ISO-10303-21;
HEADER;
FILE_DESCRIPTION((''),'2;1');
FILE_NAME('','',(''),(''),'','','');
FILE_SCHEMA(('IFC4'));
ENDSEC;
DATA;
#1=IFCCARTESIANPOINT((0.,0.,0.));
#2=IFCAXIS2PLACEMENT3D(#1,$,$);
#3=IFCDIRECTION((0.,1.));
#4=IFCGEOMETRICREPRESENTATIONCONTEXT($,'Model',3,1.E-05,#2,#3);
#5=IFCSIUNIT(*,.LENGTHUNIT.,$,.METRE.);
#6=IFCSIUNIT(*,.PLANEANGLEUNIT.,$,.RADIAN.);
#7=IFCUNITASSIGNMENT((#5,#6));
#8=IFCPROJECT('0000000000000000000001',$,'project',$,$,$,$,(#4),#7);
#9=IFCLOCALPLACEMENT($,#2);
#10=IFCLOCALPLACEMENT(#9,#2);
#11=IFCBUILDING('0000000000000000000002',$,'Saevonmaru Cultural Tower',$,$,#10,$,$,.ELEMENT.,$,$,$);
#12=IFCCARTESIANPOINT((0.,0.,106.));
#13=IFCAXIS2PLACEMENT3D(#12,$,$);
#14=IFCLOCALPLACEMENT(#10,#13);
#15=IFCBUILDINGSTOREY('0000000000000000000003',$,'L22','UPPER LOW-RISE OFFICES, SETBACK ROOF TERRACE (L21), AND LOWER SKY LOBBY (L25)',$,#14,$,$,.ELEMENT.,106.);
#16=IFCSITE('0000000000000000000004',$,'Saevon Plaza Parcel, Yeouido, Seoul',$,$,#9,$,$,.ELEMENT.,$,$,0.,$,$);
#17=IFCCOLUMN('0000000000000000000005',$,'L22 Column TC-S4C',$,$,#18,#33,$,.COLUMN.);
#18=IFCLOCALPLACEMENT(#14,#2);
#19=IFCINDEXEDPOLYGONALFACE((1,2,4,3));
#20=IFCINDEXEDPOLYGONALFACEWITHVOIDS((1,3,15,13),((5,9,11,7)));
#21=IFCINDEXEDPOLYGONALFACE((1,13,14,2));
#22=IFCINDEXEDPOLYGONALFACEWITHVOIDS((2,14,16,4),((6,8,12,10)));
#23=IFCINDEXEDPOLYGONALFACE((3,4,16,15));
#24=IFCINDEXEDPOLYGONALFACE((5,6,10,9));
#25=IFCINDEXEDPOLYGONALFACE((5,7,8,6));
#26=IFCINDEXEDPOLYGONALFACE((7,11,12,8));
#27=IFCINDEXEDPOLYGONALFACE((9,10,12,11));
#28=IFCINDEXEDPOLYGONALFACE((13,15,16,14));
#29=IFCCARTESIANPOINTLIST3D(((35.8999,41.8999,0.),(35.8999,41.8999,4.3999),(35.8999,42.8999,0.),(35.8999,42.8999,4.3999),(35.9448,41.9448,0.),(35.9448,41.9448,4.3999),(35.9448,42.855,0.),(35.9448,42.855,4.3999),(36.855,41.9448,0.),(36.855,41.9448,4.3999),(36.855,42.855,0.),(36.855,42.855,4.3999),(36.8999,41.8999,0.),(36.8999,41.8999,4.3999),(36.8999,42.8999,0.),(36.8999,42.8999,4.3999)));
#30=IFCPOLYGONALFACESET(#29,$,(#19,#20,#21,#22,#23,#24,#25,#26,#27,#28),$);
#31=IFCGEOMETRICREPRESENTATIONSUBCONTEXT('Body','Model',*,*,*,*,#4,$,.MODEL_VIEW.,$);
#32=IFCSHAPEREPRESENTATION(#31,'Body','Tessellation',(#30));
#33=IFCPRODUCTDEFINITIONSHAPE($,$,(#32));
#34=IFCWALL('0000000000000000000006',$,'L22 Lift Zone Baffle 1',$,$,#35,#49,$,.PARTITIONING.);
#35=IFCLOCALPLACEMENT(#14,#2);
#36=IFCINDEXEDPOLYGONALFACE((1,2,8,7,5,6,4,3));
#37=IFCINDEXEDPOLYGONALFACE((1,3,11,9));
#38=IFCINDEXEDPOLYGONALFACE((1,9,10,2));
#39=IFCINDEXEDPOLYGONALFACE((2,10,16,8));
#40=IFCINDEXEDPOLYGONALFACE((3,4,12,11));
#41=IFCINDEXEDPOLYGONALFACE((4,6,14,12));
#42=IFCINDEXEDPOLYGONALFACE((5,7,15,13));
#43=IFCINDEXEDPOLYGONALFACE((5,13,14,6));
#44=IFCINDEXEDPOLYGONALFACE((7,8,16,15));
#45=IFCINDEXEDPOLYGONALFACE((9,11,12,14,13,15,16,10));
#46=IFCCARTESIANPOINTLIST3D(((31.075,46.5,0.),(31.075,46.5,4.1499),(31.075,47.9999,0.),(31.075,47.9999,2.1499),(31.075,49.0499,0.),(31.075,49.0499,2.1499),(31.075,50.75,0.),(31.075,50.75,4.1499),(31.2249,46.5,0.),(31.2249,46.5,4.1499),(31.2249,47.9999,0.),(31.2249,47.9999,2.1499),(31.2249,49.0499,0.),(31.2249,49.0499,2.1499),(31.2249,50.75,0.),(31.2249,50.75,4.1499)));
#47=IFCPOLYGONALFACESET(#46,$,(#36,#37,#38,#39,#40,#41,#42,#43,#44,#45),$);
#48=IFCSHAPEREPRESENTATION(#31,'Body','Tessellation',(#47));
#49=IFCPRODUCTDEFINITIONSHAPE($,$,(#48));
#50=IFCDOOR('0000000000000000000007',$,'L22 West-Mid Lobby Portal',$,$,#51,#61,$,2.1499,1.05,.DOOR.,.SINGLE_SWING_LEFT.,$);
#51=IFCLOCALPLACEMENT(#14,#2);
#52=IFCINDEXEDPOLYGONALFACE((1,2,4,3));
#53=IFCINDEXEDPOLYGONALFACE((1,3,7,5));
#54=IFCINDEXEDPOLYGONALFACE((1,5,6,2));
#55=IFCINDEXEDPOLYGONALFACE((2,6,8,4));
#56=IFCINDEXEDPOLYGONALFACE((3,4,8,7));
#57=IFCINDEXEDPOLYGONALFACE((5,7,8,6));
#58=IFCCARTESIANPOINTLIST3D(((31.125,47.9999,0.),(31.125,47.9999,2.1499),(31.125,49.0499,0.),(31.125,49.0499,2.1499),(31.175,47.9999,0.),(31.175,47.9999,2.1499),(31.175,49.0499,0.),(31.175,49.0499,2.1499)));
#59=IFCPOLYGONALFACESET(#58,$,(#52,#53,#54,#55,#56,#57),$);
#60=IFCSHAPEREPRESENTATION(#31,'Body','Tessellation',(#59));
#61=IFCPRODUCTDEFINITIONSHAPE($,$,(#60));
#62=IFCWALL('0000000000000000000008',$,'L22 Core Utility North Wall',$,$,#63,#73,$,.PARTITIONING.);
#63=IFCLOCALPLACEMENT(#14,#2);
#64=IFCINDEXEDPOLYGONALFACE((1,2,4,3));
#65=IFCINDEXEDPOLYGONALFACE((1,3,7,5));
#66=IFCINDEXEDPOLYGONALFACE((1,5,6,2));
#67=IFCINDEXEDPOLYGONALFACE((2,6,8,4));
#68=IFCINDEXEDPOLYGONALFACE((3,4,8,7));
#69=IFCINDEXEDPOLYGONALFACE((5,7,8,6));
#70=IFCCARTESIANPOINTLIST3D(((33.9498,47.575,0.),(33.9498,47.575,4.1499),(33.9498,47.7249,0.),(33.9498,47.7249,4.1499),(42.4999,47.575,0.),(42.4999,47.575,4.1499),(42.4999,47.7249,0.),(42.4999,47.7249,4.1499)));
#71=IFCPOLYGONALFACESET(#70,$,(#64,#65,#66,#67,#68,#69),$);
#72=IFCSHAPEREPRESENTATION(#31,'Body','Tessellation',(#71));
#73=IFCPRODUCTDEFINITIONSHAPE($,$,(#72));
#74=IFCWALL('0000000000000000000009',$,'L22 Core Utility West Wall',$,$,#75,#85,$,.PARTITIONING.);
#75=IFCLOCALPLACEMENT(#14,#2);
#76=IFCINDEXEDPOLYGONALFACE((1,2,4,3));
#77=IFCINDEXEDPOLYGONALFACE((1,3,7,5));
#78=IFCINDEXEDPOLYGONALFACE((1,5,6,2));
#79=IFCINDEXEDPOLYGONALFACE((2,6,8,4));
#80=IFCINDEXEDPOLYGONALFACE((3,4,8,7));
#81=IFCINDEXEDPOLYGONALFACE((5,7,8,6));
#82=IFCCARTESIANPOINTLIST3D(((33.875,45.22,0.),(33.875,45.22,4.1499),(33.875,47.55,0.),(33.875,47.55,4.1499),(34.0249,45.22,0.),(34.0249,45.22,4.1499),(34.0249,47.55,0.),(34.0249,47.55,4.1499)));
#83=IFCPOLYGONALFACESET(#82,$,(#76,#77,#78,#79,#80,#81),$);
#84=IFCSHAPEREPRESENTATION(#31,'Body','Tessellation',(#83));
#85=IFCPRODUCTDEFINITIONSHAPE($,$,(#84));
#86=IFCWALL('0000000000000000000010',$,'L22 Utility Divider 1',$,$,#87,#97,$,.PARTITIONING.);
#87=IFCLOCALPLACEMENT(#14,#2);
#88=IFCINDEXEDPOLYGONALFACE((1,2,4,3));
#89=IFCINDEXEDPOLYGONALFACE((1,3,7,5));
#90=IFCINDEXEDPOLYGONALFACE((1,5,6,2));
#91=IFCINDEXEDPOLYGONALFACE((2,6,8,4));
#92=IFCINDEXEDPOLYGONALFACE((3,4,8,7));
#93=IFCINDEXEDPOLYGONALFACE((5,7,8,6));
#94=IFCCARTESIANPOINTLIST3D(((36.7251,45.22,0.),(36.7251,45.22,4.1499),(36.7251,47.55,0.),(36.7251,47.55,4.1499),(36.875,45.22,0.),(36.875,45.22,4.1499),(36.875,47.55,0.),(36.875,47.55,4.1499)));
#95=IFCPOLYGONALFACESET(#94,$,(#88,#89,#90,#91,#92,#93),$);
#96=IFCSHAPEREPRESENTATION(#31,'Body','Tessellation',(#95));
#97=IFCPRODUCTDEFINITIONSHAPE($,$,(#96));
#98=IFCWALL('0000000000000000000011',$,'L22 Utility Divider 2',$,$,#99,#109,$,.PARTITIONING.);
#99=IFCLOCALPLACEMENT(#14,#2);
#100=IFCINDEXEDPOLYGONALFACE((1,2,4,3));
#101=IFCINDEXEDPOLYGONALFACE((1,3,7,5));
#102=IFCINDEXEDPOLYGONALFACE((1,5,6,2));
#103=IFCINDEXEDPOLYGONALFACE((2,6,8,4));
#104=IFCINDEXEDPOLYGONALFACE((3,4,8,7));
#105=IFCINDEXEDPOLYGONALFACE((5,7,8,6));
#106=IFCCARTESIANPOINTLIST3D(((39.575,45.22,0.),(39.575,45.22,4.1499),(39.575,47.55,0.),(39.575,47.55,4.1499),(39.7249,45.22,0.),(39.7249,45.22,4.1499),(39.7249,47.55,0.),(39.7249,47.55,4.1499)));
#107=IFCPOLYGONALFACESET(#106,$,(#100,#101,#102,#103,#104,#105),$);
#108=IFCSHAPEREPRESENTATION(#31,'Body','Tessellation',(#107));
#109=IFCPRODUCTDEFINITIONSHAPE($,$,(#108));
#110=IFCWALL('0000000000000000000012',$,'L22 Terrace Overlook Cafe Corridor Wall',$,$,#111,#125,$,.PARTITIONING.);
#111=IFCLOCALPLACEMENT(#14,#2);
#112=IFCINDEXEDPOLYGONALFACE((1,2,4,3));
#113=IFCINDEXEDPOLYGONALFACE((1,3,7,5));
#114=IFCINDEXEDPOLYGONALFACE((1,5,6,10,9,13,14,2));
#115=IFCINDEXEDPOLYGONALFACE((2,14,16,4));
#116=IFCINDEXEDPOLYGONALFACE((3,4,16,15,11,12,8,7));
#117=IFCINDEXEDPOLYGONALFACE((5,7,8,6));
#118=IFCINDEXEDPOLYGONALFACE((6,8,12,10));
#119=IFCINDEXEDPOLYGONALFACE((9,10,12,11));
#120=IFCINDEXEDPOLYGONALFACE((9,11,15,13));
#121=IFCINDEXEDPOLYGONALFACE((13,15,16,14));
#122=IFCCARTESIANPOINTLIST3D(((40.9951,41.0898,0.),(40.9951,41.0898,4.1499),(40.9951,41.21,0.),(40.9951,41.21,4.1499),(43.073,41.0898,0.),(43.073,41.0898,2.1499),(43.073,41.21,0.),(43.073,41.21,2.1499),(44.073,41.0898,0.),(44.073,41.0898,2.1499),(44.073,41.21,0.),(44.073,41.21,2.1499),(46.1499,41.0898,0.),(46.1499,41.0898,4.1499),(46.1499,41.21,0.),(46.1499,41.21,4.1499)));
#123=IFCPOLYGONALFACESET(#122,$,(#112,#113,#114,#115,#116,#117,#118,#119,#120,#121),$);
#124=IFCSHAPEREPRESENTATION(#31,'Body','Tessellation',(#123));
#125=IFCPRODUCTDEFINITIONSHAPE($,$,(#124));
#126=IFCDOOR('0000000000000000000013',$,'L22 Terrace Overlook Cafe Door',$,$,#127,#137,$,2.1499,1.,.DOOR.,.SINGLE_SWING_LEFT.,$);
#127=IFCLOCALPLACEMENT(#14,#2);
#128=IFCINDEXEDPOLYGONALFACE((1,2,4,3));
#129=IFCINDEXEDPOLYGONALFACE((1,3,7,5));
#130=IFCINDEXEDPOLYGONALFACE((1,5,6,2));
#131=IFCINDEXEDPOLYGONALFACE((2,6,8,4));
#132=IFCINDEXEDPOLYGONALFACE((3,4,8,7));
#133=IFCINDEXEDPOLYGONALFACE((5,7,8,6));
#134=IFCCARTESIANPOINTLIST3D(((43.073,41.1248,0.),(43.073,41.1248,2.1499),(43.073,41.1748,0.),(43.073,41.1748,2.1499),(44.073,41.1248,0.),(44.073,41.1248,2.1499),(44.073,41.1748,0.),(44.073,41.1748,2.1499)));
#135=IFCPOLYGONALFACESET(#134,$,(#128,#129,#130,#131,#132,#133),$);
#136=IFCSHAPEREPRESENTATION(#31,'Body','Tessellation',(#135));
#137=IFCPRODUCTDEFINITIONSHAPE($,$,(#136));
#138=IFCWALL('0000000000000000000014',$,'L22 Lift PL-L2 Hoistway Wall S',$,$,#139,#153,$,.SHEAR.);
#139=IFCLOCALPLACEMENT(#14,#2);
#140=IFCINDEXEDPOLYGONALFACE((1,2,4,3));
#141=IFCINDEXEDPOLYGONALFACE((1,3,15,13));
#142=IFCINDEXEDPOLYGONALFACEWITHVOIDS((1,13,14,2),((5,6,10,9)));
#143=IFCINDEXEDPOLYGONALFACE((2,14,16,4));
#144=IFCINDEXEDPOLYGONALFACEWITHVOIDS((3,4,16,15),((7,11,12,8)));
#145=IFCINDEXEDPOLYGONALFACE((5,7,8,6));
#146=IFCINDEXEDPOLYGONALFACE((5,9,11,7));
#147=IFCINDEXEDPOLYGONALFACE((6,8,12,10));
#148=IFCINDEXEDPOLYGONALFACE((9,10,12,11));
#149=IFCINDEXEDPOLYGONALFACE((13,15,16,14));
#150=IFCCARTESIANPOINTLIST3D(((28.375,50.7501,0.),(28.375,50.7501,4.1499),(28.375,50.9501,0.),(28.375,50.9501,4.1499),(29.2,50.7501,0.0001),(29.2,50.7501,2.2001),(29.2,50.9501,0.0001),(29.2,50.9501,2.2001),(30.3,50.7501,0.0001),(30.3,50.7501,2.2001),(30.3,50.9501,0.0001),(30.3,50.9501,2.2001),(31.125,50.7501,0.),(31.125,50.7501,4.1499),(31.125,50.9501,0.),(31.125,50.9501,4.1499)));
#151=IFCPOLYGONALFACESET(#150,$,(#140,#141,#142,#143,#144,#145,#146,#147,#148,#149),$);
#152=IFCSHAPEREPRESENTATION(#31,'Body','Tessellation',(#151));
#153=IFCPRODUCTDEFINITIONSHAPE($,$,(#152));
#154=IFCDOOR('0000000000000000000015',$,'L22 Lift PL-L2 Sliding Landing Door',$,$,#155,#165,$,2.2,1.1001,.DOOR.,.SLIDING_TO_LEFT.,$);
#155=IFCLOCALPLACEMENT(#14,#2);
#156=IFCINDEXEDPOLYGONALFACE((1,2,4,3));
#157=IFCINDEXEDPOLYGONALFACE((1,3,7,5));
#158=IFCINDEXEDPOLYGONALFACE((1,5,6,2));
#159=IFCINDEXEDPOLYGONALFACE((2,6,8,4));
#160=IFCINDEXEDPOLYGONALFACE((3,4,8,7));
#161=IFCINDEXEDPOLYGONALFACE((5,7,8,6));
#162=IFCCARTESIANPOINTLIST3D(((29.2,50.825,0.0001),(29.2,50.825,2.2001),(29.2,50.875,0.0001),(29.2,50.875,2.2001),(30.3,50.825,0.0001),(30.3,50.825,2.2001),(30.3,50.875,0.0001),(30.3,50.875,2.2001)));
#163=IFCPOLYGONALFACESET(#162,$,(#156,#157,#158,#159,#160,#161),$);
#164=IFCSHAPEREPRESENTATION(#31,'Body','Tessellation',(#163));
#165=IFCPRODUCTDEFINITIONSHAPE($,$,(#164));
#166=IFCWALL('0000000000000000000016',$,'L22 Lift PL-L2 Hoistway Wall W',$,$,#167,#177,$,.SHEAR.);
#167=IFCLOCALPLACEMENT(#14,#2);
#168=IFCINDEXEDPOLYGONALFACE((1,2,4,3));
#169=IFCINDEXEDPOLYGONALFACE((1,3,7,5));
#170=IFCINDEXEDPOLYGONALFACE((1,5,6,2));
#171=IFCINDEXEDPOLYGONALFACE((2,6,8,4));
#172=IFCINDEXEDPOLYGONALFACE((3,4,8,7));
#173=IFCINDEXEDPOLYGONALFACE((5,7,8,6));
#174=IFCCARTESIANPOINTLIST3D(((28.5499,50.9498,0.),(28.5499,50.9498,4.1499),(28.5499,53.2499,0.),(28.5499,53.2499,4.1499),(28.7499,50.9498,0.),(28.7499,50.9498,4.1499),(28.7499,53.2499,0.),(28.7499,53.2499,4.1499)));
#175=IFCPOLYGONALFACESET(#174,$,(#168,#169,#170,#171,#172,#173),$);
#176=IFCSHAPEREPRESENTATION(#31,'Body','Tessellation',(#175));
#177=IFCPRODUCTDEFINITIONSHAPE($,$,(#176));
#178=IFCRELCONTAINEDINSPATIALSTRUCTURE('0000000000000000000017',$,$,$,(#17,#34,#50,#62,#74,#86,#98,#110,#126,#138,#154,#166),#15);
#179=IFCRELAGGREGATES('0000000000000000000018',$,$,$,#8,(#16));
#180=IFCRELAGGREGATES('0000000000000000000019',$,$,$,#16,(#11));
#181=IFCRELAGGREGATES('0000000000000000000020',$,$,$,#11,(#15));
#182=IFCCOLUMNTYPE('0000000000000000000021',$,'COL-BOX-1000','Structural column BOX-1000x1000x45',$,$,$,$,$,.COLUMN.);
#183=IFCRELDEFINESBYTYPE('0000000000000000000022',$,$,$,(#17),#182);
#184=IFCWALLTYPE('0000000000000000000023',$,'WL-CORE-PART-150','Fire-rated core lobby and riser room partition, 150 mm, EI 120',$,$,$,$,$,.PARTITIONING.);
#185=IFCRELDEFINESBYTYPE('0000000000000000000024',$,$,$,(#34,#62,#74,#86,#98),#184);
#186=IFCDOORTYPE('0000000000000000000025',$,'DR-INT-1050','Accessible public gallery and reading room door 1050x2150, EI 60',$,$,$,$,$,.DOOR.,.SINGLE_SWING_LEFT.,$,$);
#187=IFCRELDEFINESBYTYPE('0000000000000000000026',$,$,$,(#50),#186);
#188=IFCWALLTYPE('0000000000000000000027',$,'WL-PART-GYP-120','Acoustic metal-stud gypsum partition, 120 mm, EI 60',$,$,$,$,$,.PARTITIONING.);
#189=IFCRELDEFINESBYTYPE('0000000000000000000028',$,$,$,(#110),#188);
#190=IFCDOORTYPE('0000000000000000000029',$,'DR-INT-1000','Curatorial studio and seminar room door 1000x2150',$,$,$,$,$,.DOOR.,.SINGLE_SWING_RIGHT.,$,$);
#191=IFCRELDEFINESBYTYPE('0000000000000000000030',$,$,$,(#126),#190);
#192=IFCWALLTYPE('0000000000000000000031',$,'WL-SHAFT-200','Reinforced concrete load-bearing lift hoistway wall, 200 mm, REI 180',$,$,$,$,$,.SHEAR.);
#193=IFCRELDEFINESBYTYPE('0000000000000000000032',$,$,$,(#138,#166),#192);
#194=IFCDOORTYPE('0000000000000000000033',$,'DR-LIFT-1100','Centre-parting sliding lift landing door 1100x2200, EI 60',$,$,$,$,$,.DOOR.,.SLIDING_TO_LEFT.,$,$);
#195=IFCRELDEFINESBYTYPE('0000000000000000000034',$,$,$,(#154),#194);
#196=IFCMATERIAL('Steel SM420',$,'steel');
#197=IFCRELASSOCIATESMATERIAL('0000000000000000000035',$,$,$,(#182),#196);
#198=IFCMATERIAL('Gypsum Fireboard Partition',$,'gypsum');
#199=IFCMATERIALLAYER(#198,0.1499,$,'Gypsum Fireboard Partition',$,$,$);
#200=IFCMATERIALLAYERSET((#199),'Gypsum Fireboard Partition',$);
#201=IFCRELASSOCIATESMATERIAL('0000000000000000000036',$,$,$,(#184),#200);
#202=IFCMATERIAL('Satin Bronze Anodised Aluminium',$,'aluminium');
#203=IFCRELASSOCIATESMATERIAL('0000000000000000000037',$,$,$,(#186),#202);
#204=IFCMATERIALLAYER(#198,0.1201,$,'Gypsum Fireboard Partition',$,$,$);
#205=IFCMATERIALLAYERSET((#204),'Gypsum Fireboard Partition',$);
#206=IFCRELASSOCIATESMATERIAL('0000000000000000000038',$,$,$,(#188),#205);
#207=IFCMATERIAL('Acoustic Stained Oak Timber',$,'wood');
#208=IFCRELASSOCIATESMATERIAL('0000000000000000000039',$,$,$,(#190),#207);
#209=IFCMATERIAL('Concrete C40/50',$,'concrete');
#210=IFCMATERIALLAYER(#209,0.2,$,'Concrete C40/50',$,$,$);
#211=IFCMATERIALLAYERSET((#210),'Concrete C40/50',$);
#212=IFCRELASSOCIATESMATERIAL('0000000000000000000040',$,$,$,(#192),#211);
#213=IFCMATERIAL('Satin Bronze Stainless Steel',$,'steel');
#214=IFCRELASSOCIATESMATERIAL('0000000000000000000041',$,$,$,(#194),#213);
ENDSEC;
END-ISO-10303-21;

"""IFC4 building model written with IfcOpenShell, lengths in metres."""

from ifc_helpers import new_model, si_unit, direction, frame, frame_2d, origin, origin_2d, place, context, subcontext, project, spatial, rectangle, hollow_rectangle, extrude, material, layer, layer_set, material_profile, profile_set, type_object, element, fill, save


model = new_model("IFC4")

# Units and contexts
model_context = context("Model", 3, precision=1e-05, world=origin(), true_north=direction((0.0, 1.0)))
body_context = subcontext(model_context, "Body", "Model", "MODEL_VIEW")
ifc_project = project(units=[si_unit("LENGTHUNIT", "METRE"), si_unit("PLANEANGLEUNIT", "RADIAN")], contexts=[model_context])

# Site, building, storey
site_placement = place(None, origin())
site = spatial("IfcSite", under=ifc_project, at=site_placement, Name="Saevon Plaza Parcel, Yeouido, Seoul", CompositionType="ELEMENT", RefElevation=0.0)
building_placement = place(site_placement, origin())
building = spatial("IfcBuilding", under=site, at=building_placement, Name="Saevonmaru Cultural Tower", CompositionType="ELEMENT")
storey_placement = place(building_placement, frame((0.0, 0.0, 106.0)))
storey = spatial("IfcBuildingStorey", under=building, at=storey_placement, Name="L22", Description="UPPER LOW-RISE OFFICES, SETBACK ROOF TERRACE (L21), AND LOWER SKY LOBBY (L25)", CompositionType="ELEMENT", Elevation=106.0)

# Column
ifc_material_1 = material(Name="Steel SM420", Category="steel")
ifc_material_profile = material_profile(ifc_material_1, hollow_rectangle(XDim=1.0, YDim=1.0, WallThickness=0.0449, at=origin_2d()), Name="BOX-1000x1000x45")
ifc_profile_set = profile_set([ifc_material_profile], Name="Steel SM420")
column_type = type_object("IfcColumnType", Name="COL-BOX-1000", Description="Structural column BOX-1000x1000x45", PredefinedType="COLUMN", material=ifc_profile_set)
column_placement = place(storey_placement, frame((36.3999, 42.3999, 0.0), z_axis=(0.0, 0.0, 1.0), x_axis=(1.0, 0.0, 0.0)))
element("IfcColumn", 1, at=column_placement, inside=storey, type_object=column_type, Name="L22 Column TC-S4C", PredefinedType="COLUMN", context=body_context, shape_type="SweptSolid", body=[
    extrude(hollow_rectangle(XDim=1.0, YDim=1.0, WallThickness=0.0449, at=origin_2d()), origin(), (0.0, 0.0, 1.0), 4.3999),
])

# Wall, opening, door
ifc_material_2 = material(Name="Gypsum Fireboard Partition", Category="gypsum")
ifc_layer_1 = layer(ifc_material_2, 0.1499, Name="Gypsum Fireboard Partition")
ifc_layer_set_1 = layer_set([ifc_layer_1], Name="Gypsum Fireboard Partition")
wall_type_1 = type_object("IfcWallType", Name="WL-CORE-PART-150", Description="Fire-rated core lobby and riser room partition, 150 mm, EI 120", PredefinedType="PARTITIONING", material=ifc_layer_set_1)
wall_1_placement = place(storey_placement, frame((31.1499, 46.5, 0.0), z_axis=(0.0, 0.0, 1.0), x_axis=(0.0, 1.0, 0.0)))
wall_1 = element("IfcWall", 2, at=wall_1_placement, inside=storey, type_object=wall_type_1, Name="L22 Lift Zone Baffle 1", PredefinedType="PARTITIONING", context=body_context, shape_type="SweptSolid", body=[
    extrude(rectangle(XDim=4.25, YDim=0.1499, at=frame_2d((2.125, 0.0))), origin(), (0.0, 0.0, 1.0), 4.1499),
])
opening_1_placement = place(wall_1_placement, frame((1.5, 0.0, 0.0)))
opening_1 = element("IfcOpeningElement", 3, at=opening_1_placement, cuts=wall_1, PredefinedType="OPENING", context=body_context, shape_type="SweptSolid", body=[
    extrude(rectangle(XDim=1.05, YDim=2.1499, at=frame_2d((0.5249, 1.075))), frame((0.0, 0.085, 0.0), z_axis=(0.0, -1.0, 0.0), x_axis=(1.0, 0.0, 0.0)), (0.0, 0.0, 1.0), 0.1699),
])
ifc_material_3 = material(Name="Satin Bronze Anodised Aluminium", Category="aluminium")
door_type_1 = type_object("IfcDoorType", Name="DR-INT-1050", Description="Accessible public gallery and reading room door 1050x2150, EI 60", OperationType="SINGLE_SWING_LEFT", PredefinedType="DOOR", material=ifc_material_3)
door_1_placement = place(opening_1_placement, origin())
door_1 = element("IfcDoor", 4, at=door_1_placement, inside=storey, type_object=door_type_1, Name="L22 West-Mid Lobby Portal", OperationType="SINGLE_SWING_LEFT", OverallHeight=2.1499, OverallWidth=1.05, PredefinedType="DOOR", context=body_context, shape_type="SweptSolid", body=[
    extrude(rectangle(XDim=1.05, YDim=2.1499, at=frame_2d((0.5249, 1.075))), frame((0.0, 0.0249, 0.0), z_axis=(0.0, -1.0, 0.0), x_axis=(1.0, 0.0, 0.0)), (0.0, 0.0, 1.0), 0.05),
])
fill(opening_1, door_1)

# Walls
wall_2_placement = place(storey_placement, frame((33.95, 47.6499, 0.0), z_axis=(0.0, 0.0, 1.0), x_axis=(1.0, 0.0, 0.0)))
element("IfcWall", 5, at=wall_2_placement, inside=storey, type_object=wall_type_1, Name="L22 Core Utility North Wall", PredefinedType="PARTITIONING", context=body_context, shape_type="SweptSolid", body=[
    extrude(rectangle(XDim=8.55, YDim=0.1499, at=frame_2d((4.2749, 0.0))), origin(), (0.0, 0.0, 1.0), 4.1499),
])
for number, where, z_axis, x_axis, name in (
    (6, (33.95, 45.22, 0.0), (0.0, 0.0, 1.0), (0.0, 1.0, 0.0), "L22 Core Utility West Wall"),
    (7, (36.8, 45.22, 0.0), (0.0, 0.0, 1.0), (0.0, 1.0, 0.0), "L22 Utility Divider 1"),
    (8, (39.6499, 45.22, 0.0), (0.0, 0.0, 1.0), (0.0, 1.0, 0.0), "L22 Utility Divider 2"),
):
    element("IfcWall", number, at=place(storey_placement, frame(where, z_axis=z_axis, x_axis=x_axis)), inside=storey, type_object=wall_type_1, Name=name, PredefinedType="PARTITIONING", context=body_context, shape_type="SweptSolid", body=[
        extrude(rectangle(XDim=2.3301, YDim=0.1499, at=frame_2d((1.165, 0.0))), origin(), (0.0, 0.0, 1.0), 4.1499),
    ])

# Walls, openings, doors
ifc_layer_2 = layer(ifc_material_2, 0.1201, Name="Gypsum Fireboard Partition")
ifc_layer_set_2 = layer_set([ifc_layer_2], Name="Gypsum Fireboard Partition")
wall_type_2 = type_object("IfcWallType", Name="WL-PART-GYP-120", Description="Acoustic metal-stud gypsum partition, 120 mm, EI 60", PredefinedType="PARTITIONING", material=ifc_layer_set_2)
wall_3_placement = place(storey_placement, frame((40.9951, 41.1499, 0.0), z_axis=(0.0, 0.0, 1.0), x_axis=(1.0, 0.0, 0.0)))
wall_3 = element("IfcWall", 9, at=wall_3_placement, inside=storey, type_object=wall_type_2, Name="L22 Terrace Overlook Cafe Corridor Wall", PredefinedType="PARTITIONING", context=body_context, shape_type="SweptSolid", body=[
    extrude(rectangle(XDim=5.1548, YDim=0.1201, at=frame_2d((2.5774, 0.0))), origin(), (0.0, 0.0, 1.0), 4.1499),
])
opening_2_placement = place(wall_3_placement, frame((2.0779, 0.0, 0.0)))
opening_2 = element("IfcOpeningElement", 10, at=opening_2_placement, cuts=wall_3, PredefinedType="OPENING", context=body_context, shape_type="SweptSolid", body=[
    extrude(rectangle(XDim=1.0, YDim=2.1499, at=frame_2d((0.5, 1.075))), frame((0.0, 0.0701, 0.0), z_axis=(0.0, -1.0, 0.0), x_axis=(1.0, 0.0, 0.0)), (0.0, 0.0, 1.0), 0.1401),
])
ifc_material_4 = material(Name="Acoustic Stained Oak Timber", Category="wood")
door_type_2 = type_object("IfcDoorType", Name="DR-INT-1000", Description="Curatorial studio and seminar room door 1000x2150", OperationType="SINGLE_SWING_RIGHT", PredefinedType="DOOR", material=ifc_material_4)
door_2_placement = place(opening_2_placement, origin())
door_2 = element("IfcDoor", 11, at=door_2_placement, inside=storey, type_object=door_type_2, Name="L22 Terrace Overlook Cafe Door", OperationType="SINGLE_SWING_LEFT", OverallHeight=2.1499, OverallWidth=1.0, PredefinedType="DOOR", context=body_context, shape_type="SweptSolid", body=[
    extrude(rectangle(XDim=1.0, YDim=2.1499, at=frame_2d((0.5, 1.075))), frame((0.0, 0.0249, 0.0), z_axis=(0.0, -1.0, 0.0), x_axis=(1.0, 0.0, 0.0)), (0.0, 0.0, 1.0), 0.05),
])
fill(opening_2, door_2)
ifc_material_5 = material(Name="Concrete C40/50", Category="concrete")
ifc_layer_3 = layer(ifc_material_5, 0.2, Name="Concrete C40/50")
ifc_layer_set_3 = layer_set([ifc_layer_3], Name="Concrete C40/50")
wall_type_3 = type_object("IfcWallType", Name="WL-SHAFT-200", Description="Reinforced concrete load-bearing lift hoistway wall, 200 mm, REI 180", PredefinedType="SHEAR", material=ifc_layer_set_3)
wall_4_placement = place(storey_placement, frame((28.375, 50.8501, 0.0), z_axis=(0.0, 0.0, 1.0), x_axis=(1.0, 0.0, 0.0)))
wall_4 = element("IfcWall", 12, at=wall_4_placement, inside=storey, type_object=wall_type_3, Name="L22 Lift PL-L2 Hoistway Wall S", PredefinedType="SHEAR", context=body_context, shape_type="SweptSolid", body=[
    extrude(rectangle(XDim=2.75, YDim=0.2, at=frame_2d((1.375, 0.0))), origin(), (0.0, 0.0, 1.0), 4.1499),
])
opening_3_placement = place(wall_4_placement, frame((0.825, 0.0, 0.0)))
opening_3 = element("IfcOpeningElement", 13, at=opening_3_placement, cuts=wall_4, PredefinedType="OPENING", context=body_context, shape_type="SweptSolid", body=[
    extrude(rectangle(XDim=1.1001, YDim=2.2, at=frame_2d((0.55, 1.1001))), frame((0.0, 0.1099, 0.0), z_axis=(0.0, -1.0, 0.0), x_axis=(1.0, 0.0, 0.0)), (0.0, 0.0, 1.0), 0.22),
])
ifc_material_6 = material(Name="Satin Bronze Stainless Steel", Category="steel")
door_type_3 = type_object("IfcDoorType", Name="DR-LIFT-1100", Description="Centre-parting sliding lift landing door 1100x2200, EI 60", OperationType="SLIDING_TO_LEFT", PredefinedType="DOOR", material=ifc_material_6)
door_3_placement = place(opening_3_placement, origin())
door_3 = element("IfcDoor", 14, at=door_3_placement, inside=storey, type_object=door_type_3, Name="L22 Lift PL-L2 Sliding Landing Door", OperationType="SLIDING_TO_LEFT", OverallHeight=2.2, OverallWidth=1.1001, PredefinedType="DOOR", context=body_context, shape_type="SweptSolid", body=[
    extrude(rectangle(XDim=1.1001, YDim=2.2, at=frame_2d((0.55, 1.1001))), frame((0.0, 0.0249, 0.0), z_axis=(0.0, -1.0, 0.0), x_axis=(1.0, 0.0, 0.0)), (0.0, 0.0, 1.0), 0.05),
])
fill(opening_3, door_3)

# Wall
wall_5_placement = place(storey_placement, frame((28.6499, 50.95, 0.0), z_axis=(0.0, 0.0, 1.0), x_axis=(0.0, 1.0, 0.0)))
element("IfcWall", 15, at=wall_5_placement, inside=storey, type_object=wall_type_3, Name="L22 Lift PL-L2 Hoistway Wall W", PredefinedType="SHEAR", context=body_context, shape_type="SweptSolid", body=[
    extrude(rectangle(XDim=2.3, YDim=0.2, at=frame_2d((1.1499, 0.0))), origin(), (0.0, 0.0, 1.0), 4.1499),
])

save(model, "model.ifc")
